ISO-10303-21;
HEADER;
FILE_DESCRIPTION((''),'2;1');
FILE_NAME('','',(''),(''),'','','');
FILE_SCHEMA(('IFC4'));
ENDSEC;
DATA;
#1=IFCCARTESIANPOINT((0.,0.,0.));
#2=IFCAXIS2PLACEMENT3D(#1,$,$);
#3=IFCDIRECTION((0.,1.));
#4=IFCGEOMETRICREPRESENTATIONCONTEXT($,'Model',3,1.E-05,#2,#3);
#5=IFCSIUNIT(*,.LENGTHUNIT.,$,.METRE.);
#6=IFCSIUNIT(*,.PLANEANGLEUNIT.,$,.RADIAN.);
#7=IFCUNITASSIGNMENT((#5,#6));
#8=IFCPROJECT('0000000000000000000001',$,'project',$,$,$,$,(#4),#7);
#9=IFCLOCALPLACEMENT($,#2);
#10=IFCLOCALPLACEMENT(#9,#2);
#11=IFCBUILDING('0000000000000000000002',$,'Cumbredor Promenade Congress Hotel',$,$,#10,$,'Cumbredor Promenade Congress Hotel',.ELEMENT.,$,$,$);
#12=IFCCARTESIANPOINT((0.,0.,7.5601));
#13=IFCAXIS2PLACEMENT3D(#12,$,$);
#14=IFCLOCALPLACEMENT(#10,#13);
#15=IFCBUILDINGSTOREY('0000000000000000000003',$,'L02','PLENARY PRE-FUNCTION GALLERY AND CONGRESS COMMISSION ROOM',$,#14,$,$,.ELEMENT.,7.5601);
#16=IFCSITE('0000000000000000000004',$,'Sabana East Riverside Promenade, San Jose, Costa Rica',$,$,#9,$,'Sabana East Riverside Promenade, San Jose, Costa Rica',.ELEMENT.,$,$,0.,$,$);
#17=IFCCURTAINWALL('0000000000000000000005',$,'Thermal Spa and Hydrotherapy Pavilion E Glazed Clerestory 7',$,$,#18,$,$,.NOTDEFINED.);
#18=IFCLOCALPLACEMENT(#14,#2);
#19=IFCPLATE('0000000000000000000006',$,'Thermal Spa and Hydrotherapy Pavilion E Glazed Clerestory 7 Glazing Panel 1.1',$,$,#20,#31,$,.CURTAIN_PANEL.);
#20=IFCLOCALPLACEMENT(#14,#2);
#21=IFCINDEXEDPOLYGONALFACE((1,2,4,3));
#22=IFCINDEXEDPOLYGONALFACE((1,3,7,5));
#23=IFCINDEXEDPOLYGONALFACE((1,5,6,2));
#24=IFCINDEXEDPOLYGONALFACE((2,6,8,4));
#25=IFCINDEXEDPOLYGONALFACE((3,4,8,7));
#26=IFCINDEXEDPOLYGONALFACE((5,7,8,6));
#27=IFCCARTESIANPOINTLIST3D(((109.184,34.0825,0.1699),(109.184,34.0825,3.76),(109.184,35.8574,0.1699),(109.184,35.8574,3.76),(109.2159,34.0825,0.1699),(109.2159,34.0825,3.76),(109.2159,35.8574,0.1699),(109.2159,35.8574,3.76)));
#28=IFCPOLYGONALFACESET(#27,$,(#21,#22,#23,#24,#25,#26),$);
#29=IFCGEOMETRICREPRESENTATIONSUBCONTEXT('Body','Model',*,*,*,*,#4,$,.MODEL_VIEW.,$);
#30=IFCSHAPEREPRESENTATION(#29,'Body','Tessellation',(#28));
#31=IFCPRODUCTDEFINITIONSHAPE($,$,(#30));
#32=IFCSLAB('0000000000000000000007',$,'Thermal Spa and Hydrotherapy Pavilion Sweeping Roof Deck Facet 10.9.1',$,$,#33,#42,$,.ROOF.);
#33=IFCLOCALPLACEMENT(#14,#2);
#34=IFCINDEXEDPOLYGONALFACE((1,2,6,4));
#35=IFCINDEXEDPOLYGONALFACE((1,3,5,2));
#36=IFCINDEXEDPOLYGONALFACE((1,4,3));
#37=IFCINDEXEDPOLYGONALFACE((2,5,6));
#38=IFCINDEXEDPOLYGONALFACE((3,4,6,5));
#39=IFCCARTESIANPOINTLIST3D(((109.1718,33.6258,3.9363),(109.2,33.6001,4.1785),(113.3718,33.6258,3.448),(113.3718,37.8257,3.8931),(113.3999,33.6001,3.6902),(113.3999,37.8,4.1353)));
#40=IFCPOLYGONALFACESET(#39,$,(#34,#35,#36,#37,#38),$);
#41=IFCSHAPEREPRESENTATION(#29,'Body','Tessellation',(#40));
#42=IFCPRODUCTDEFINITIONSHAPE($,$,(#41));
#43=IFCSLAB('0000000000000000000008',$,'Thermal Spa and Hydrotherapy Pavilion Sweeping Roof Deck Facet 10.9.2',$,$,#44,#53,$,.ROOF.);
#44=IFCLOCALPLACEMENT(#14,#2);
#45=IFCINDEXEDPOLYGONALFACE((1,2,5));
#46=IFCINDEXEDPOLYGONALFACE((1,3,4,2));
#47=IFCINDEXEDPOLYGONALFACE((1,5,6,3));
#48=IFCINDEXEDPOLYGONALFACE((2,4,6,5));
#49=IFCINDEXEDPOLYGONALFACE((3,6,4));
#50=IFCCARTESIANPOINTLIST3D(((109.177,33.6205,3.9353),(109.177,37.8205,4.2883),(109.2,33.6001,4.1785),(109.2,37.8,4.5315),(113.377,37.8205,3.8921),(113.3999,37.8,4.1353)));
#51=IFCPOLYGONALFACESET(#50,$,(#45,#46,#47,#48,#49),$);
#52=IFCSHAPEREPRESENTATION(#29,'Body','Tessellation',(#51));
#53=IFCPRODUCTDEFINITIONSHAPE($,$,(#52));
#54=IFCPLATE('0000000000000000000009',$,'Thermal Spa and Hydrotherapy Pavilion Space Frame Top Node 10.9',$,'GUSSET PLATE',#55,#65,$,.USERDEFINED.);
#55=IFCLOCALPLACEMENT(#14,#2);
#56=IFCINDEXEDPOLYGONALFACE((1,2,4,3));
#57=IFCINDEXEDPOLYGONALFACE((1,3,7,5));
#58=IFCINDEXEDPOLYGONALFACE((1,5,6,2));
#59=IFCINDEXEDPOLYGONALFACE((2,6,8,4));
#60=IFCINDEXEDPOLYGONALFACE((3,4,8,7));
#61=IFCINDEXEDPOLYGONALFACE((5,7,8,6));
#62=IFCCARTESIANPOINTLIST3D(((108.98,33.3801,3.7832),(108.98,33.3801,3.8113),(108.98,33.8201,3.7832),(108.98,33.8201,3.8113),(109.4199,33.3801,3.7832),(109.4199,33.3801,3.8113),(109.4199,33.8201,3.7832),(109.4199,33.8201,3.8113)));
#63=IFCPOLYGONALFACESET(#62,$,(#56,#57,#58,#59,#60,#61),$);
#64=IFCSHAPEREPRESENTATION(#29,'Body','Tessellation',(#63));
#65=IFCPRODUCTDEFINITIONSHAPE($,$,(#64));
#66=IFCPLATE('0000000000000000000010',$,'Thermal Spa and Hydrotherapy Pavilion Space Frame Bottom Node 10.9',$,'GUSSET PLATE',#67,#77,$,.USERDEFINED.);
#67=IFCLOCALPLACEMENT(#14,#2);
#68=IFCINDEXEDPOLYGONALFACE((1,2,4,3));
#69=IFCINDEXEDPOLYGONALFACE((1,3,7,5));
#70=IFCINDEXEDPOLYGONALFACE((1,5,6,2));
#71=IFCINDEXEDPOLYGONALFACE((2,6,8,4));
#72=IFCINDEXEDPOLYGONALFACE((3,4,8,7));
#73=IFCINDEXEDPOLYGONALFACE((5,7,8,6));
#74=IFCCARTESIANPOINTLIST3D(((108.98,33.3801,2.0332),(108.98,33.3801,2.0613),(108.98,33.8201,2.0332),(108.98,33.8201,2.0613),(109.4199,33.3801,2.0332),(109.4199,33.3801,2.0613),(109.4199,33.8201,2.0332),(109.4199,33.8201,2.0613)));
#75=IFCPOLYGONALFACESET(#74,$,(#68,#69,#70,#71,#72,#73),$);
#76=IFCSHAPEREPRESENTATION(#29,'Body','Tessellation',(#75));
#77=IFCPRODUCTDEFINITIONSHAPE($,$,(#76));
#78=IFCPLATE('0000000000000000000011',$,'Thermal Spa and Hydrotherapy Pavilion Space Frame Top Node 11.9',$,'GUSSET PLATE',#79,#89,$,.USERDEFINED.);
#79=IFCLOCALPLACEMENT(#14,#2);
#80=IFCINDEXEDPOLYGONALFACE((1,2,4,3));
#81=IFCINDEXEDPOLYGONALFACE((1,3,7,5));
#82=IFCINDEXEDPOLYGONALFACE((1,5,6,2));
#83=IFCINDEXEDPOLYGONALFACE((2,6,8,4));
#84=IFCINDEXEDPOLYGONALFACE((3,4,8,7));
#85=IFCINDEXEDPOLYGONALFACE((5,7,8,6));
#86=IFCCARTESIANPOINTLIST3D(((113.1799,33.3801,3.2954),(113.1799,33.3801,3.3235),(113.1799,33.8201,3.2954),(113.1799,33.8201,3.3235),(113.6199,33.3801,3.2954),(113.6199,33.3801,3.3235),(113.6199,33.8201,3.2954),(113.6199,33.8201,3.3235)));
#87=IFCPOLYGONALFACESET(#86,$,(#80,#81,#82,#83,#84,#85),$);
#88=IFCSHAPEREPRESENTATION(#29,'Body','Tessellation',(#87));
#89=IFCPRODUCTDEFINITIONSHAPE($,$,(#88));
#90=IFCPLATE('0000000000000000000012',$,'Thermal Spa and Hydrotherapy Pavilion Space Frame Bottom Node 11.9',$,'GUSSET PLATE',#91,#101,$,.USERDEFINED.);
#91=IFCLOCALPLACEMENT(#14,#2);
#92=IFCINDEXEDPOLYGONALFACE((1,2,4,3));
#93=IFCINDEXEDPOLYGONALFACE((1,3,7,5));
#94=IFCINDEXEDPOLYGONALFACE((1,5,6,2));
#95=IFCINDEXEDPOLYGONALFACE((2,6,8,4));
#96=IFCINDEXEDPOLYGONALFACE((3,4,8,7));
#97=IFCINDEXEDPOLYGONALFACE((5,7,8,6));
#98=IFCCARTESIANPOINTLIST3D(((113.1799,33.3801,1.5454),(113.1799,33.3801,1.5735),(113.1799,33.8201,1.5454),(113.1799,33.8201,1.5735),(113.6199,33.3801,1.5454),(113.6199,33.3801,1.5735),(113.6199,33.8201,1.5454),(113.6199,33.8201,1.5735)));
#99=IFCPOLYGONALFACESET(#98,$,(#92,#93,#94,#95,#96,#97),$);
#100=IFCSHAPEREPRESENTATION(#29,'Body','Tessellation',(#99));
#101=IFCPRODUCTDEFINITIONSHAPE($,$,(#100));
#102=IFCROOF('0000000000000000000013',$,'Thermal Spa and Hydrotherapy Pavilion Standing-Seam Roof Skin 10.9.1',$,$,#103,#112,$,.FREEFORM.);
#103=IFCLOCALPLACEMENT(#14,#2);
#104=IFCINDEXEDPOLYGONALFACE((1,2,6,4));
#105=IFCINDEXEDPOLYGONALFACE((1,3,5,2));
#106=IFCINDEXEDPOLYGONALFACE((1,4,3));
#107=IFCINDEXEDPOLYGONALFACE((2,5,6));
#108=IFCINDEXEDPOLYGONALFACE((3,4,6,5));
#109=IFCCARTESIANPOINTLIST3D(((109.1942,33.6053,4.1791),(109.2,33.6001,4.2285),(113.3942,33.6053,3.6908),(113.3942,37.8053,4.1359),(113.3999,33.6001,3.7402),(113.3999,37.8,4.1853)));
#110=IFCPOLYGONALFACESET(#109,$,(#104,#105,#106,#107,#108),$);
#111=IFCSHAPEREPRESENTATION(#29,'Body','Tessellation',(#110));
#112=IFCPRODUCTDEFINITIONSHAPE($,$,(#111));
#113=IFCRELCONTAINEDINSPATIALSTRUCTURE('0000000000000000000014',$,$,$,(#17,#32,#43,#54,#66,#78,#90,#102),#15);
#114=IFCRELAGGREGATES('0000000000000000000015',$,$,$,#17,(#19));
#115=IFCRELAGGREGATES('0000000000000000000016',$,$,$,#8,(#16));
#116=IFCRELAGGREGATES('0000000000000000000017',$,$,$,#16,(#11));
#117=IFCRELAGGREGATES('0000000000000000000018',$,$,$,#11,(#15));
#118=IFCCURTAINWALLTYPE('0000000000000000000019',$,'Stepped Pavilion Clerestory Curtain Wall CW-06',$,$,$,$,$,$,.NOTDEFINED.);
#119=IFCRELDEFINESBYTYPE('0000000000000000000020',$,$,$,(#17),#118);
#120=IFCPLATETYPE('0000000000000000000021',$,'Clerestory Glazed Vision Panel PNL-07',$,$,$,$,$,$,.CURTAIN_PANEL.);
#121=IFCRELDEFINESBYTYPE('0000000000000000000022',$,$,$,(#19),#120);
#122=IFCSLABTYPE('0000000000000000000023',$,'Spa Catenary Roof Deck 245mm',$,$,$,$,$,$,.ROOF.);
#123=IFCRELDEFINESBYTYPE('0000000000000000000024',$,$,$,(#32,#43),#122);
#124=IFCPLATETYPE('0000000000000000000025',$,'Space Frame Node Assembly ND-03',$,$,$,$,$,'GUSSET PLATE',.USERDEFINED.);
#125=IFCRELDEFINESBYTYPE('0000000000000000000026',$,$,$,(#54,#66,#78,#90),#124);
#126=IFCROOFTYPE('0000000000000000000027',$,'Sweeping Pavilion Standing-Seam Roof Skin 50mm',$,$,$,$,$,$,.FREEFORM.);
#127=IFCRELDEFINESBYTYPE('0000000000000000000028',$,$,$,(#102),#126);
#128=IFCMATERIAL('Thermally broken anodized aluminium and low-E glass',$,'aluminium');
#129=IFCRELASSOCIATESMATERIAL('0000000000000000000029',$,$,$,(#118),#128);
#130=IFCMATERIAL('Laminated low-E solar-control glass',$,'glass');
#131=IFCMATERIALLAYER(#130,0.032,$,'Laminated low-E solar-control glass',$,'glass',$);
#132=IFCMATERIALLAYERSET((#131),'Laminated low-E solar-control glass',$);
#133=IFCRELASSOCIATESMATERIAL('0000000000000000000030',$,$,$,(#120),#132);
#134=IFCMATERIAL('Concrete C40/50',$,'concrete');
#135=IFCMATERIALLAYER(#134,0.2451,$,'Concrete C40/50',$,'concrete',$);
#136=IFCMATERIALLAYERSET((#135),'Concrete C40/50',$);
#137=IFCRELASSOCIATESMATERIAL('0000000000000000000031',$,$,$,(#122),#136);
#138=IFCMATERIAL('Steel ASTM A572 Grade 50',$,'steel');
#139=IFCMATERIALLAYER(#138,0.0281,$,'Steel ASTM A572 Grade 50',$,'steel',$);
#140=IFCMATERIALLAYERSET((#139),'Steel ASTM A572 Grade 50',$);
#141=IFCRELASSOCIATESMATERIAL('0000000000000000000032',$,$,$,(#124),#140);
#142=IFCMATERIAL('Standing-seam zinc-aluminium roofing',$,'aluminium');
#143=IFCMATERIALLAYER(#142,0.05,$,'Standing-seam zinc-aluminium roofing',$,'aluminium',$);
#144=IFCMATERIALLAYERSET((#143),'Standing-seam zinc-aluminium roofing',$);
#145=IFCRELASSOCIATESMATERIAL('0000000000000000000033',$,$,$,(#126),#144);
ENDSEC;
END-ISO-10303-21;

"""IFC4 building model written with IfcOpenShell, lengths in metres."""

from ifc_helpers import new_model, si_unit, direction, frame, origin, origin_2d, place, context, subcontext, project, spatial, polyline, rectangle, outline, extrude, material, layer, layer_set, type_object, element, aggregate, save


model = new_model("IFC4")

# Units and contexts
model_context = context("Model", 3, precision=1e-05, world=origin(), true_north=direction((0.0, 1.0)))
body_context = subcontext(model_context, "Body", "Model", "MODEL_VIEW")
ifc_project = project(units=[si_unit("LENGTHUNIT", "METRE"), si_unit("PLANEANGLEUNIT", "RADIAN")], contexts=[model_context])

# Site, building, storey
site_placement = place(None, origin())
site = spatial("IfcSite", under=ifc_project, at=site_placement, Name="Sabana East Riverside Promenade, San Jose, Costa Rica", LongName="Sabana East Riverside Promenade, San Jose, Costa Rica", CompositionType="ELEMENT", RefElevation=0.0)
building_placement = place(site_placement, origin())
building = spatial("IfcBuilding", under=site, at=building_placement, Name="Cumbredor Promenade Congress Hotel", LongName="Cumbredor Promenade Congress Hotel", CompositionType="ELEMENT")
storey_placement = place(building_placement, frame((0.0, 0.0, 7.5601)))
storey = spatial("IfcBuildingStorey", under=building, at=storey_placement, Name="L02", Description="PLENARY PRE-FUNCTION GALLERY AND CONGRESS COMMISSION ROOM", CompositionType="ELEMENT", Elevation=7.5601)

# Curtain wall
ifc_material_1 = material(Name="Thermally broken anodized aluminium and low-E glass", Category="aluminium")
curtain_wall_type = type_object("IfcCurtainWallType", Name="Stepped Pavilion Clerestory Curtain Wall CW-06", PredefinedType="NOTDEFINED", material=ifc_material_1)
curtain_wall_1_placement = place(storey_placement, origin())
curtain_wall_1 = element("IfcCurtainWall", 1, at=curtain_wall_1_placement, inside=storey, type_object=curtain_wall_type, Name="Thermal Spa and Hydrotherapy Pavilion E Glazed Clerestory 7", PredefinedType="NOTDEFINED")

# Plate
ifc_material_2 = material(Name="Laminated low-E solar-control glass", Category="glass")
ifc_layer_1 = layer(ifc_material_2, 0.032, Name="Laminated low-E solar-control glass", Category="glass")
ifc_layer_set_1 = layer_set([ifc_layer_1], Name="Laminated low-E solar-control glass")
plate_type_1 = type_object("IfcPlateType", Name="Clerestory Glazed Vision Panel PNL-07", PredefinedType="CURTAIN_PANEL", material=ifc_layer_set_1)
plate_1_placement = place(storey_placement, frame((109.2, 34.97, 0.1699), z_axis=(0.0, 0.0, 1.0), x_axis=(0.0, 1.0, 0.0)))
plate_1 = element("IfcPlate", 2, at=plate_1_placement, type_object=plate_type_1, Name="Thermal Spa and Hydrotherapy Pavilion E Glazed Clerestory 7 Glazing Panel 1.1", PredefinedType="CURTAIN_PANEL", context=body_context, shape_type="SweptSolid", body=[
    extrude(rectangle(XDim=1.7749, YDim=0.032, at=origin_2d()), origin(), (0.0, 0.0, 1.0), 3.5901),
])
aggregate(curtain_wall_1, [plate_1])

# Slabs
ifc_material_3 = material(Name="Concrete C40/50", Category="concrete")
ifc_layer_2 = layer(ifc_material_3, 0.2451, Name="Concrete C40/50", Category="concrete")
ifc_layer_set_2 = layer_set([ifc_layer_2], Name="Concrete C40/50")
slab_type = type_object("IfcSlabType", Name="Spa Catenary Roof Deck 245mm", PredefinedType="ROOF", material=ifc_layer_set_2)
slab_1_placement = place(storey_placement, frame((109.2, 33.6001, 4.1785), z_axis=(0.114846, -0.104683, 0.987852), x_axis=(0.99331, 0.0, -0.115481)))
element("IfcSlab", 3, at=slab_1_placement, inside=storey, type_object=slab_type, Name="Thermal Spa and Hydrotherapy Pavilion Sweeping Roof Deck Facet 10.9.1", PredefinedType="ROOF", context=body_context, shape_type="SweptSolid", body=[
    extrude(outline(polyline([(0.0, 0.0), (4.2282, 0.0), (4.1768, 4.2232), (0.0, 0.0)])), origin(), (0.0, 0.0, -1.0), 0.2451),
])
slab_2_placement = place(storey_placement, frame((109.2, 33.6001, 4.1785), z_axis=(0.0936, -0.083392, 0.992111), x_axis=(0.707088, 0.707088, -0.007275)))
element("IfcSlab", 4, at=slab_2_placement, inside=storey, type_object=slab_type, Name="Thermal Spa and Hydrotherapy Pavilion Sweeping Roof Deck Facet 10.9.2", PredefinedType="ROOF", context=body_context, shape_type="SweptSolid", body=[
    extrude(outline(polyline([(0.0, 0.0), (5.9398, 0.0), (2.9672, 2.9933), (0.0, 0.0)])), origin(), (0.0, 0.0, -1.0), 0.2451),
])

# Plates
ifc_material_4 = material(Name="Steel ASTM A572 Grade 50", Category="steel")
ifc_layer_3 = layer(ifc_material_4, 0.0281, Name="Steel ASTM A572 Grade 50", Category="steel")
ifc_layer_set_3 = layer_set([ifc_layer_3], Name="Steel ASTM A572 Grade 50")
plate_type_2 = type_object("IfcPlateType", Name="Space Frame Node Assembly ND-03", ElementType="GUSSET PLATE", PredefinedType="USERDEFINED", material=ifc_layer_set_3)
for number, where, z_axis, x_axis, name in (
    (5, (109.2, 33.6001, 3.7832), (0.0, 0.0, 1.0), (1.0, 0.0, 0.0), "Thermal Spa and Hydrotherapy Pavilion Space Frame Top Node 10.9"),
    (6, (109.2, 33.6001, 2.0332), (0.0, 0.0, 1.0), (1.0, 0.0, 0.0), "Thermal Spa and Hydrotherapy Pavilion Space Frame Bottom Node 10.9"),
    (7, (113.3999, 33.6001, 3.2954), (0.0, 0.0, 1.0), (1.0, 0.0, 0.0), "Thermal Spa and Hydrotherapy Pavilion Space Frame Top Node 11.9"),
    (8, (113.3999, 33.6001, 1.5454), (0.0, 0.0, 1.0), (1.0, 0.0, 0.0), "Thermal Spa and Hydrotherapy Pavilion Space Frame Bottom Node 11.9"),
):
    element("IfcPlate", number, at=place(storey_placement, frame(where, z_axis=z_axis, x_axis=x_axis)), inside=storey, type_object=plate_type_2, Name=name, ObjectType="GUSSET PLATE", PredefinedType="USERDEFINED", context=body_context, shape_type="SweptSolid", body=[
        extrude(rectangle(XDim=0.4399, YDim=0.4399, at=origin_2d()), origin(), (0.0, 0.0, 1.0), 0.0281),
    ])

# Roof
ifc_material_5 = material(Name="Standing-seam zinc-aluminium roofing", Category="aluminium")
ifc_layer_4 = layer(ifc_material_5, 0.05, Name="Standing-seam zinc-aluminium roofing", Category="aluminium")
ifc_layer_set_4 = layer_set([ifc_layer_4], Name="Standing-seam zinc-aluminium roofing")
roof_type = type_object("IfcRoofType", Name="Sweeping Pavilion Standing-Seam Roof Skin 50mm", PredefinedType="FREEFORM", material=ifc_layer_set_4)
roof_placement = place(storey_placement, frame((109.2, 33.6001, 4.2285), z_axis=(0.114846, -0.104683, 0.987852), x_axis=(0.99331, 0.0, -0.115481)))
element("IfcRoof", 9, at=roof_placement, inside=storey, type_object=roof_type, Name="Thermal Spa and Hydrotherapy Pavilion Standing-Seam Roof Skin 10.9.1", PredefinedType="FREEFORM", context=body_context, shape_type="SweptSolid", body=[
    extrude(outline(polyline([(0.0, 0.0), (4.2282, 0.0), (4.1768, 4.2232), (0.0, 0.0)])), origin(), (0.0, 0.0, -1.0), 0.05),
])

save(model, "model.ifc")
